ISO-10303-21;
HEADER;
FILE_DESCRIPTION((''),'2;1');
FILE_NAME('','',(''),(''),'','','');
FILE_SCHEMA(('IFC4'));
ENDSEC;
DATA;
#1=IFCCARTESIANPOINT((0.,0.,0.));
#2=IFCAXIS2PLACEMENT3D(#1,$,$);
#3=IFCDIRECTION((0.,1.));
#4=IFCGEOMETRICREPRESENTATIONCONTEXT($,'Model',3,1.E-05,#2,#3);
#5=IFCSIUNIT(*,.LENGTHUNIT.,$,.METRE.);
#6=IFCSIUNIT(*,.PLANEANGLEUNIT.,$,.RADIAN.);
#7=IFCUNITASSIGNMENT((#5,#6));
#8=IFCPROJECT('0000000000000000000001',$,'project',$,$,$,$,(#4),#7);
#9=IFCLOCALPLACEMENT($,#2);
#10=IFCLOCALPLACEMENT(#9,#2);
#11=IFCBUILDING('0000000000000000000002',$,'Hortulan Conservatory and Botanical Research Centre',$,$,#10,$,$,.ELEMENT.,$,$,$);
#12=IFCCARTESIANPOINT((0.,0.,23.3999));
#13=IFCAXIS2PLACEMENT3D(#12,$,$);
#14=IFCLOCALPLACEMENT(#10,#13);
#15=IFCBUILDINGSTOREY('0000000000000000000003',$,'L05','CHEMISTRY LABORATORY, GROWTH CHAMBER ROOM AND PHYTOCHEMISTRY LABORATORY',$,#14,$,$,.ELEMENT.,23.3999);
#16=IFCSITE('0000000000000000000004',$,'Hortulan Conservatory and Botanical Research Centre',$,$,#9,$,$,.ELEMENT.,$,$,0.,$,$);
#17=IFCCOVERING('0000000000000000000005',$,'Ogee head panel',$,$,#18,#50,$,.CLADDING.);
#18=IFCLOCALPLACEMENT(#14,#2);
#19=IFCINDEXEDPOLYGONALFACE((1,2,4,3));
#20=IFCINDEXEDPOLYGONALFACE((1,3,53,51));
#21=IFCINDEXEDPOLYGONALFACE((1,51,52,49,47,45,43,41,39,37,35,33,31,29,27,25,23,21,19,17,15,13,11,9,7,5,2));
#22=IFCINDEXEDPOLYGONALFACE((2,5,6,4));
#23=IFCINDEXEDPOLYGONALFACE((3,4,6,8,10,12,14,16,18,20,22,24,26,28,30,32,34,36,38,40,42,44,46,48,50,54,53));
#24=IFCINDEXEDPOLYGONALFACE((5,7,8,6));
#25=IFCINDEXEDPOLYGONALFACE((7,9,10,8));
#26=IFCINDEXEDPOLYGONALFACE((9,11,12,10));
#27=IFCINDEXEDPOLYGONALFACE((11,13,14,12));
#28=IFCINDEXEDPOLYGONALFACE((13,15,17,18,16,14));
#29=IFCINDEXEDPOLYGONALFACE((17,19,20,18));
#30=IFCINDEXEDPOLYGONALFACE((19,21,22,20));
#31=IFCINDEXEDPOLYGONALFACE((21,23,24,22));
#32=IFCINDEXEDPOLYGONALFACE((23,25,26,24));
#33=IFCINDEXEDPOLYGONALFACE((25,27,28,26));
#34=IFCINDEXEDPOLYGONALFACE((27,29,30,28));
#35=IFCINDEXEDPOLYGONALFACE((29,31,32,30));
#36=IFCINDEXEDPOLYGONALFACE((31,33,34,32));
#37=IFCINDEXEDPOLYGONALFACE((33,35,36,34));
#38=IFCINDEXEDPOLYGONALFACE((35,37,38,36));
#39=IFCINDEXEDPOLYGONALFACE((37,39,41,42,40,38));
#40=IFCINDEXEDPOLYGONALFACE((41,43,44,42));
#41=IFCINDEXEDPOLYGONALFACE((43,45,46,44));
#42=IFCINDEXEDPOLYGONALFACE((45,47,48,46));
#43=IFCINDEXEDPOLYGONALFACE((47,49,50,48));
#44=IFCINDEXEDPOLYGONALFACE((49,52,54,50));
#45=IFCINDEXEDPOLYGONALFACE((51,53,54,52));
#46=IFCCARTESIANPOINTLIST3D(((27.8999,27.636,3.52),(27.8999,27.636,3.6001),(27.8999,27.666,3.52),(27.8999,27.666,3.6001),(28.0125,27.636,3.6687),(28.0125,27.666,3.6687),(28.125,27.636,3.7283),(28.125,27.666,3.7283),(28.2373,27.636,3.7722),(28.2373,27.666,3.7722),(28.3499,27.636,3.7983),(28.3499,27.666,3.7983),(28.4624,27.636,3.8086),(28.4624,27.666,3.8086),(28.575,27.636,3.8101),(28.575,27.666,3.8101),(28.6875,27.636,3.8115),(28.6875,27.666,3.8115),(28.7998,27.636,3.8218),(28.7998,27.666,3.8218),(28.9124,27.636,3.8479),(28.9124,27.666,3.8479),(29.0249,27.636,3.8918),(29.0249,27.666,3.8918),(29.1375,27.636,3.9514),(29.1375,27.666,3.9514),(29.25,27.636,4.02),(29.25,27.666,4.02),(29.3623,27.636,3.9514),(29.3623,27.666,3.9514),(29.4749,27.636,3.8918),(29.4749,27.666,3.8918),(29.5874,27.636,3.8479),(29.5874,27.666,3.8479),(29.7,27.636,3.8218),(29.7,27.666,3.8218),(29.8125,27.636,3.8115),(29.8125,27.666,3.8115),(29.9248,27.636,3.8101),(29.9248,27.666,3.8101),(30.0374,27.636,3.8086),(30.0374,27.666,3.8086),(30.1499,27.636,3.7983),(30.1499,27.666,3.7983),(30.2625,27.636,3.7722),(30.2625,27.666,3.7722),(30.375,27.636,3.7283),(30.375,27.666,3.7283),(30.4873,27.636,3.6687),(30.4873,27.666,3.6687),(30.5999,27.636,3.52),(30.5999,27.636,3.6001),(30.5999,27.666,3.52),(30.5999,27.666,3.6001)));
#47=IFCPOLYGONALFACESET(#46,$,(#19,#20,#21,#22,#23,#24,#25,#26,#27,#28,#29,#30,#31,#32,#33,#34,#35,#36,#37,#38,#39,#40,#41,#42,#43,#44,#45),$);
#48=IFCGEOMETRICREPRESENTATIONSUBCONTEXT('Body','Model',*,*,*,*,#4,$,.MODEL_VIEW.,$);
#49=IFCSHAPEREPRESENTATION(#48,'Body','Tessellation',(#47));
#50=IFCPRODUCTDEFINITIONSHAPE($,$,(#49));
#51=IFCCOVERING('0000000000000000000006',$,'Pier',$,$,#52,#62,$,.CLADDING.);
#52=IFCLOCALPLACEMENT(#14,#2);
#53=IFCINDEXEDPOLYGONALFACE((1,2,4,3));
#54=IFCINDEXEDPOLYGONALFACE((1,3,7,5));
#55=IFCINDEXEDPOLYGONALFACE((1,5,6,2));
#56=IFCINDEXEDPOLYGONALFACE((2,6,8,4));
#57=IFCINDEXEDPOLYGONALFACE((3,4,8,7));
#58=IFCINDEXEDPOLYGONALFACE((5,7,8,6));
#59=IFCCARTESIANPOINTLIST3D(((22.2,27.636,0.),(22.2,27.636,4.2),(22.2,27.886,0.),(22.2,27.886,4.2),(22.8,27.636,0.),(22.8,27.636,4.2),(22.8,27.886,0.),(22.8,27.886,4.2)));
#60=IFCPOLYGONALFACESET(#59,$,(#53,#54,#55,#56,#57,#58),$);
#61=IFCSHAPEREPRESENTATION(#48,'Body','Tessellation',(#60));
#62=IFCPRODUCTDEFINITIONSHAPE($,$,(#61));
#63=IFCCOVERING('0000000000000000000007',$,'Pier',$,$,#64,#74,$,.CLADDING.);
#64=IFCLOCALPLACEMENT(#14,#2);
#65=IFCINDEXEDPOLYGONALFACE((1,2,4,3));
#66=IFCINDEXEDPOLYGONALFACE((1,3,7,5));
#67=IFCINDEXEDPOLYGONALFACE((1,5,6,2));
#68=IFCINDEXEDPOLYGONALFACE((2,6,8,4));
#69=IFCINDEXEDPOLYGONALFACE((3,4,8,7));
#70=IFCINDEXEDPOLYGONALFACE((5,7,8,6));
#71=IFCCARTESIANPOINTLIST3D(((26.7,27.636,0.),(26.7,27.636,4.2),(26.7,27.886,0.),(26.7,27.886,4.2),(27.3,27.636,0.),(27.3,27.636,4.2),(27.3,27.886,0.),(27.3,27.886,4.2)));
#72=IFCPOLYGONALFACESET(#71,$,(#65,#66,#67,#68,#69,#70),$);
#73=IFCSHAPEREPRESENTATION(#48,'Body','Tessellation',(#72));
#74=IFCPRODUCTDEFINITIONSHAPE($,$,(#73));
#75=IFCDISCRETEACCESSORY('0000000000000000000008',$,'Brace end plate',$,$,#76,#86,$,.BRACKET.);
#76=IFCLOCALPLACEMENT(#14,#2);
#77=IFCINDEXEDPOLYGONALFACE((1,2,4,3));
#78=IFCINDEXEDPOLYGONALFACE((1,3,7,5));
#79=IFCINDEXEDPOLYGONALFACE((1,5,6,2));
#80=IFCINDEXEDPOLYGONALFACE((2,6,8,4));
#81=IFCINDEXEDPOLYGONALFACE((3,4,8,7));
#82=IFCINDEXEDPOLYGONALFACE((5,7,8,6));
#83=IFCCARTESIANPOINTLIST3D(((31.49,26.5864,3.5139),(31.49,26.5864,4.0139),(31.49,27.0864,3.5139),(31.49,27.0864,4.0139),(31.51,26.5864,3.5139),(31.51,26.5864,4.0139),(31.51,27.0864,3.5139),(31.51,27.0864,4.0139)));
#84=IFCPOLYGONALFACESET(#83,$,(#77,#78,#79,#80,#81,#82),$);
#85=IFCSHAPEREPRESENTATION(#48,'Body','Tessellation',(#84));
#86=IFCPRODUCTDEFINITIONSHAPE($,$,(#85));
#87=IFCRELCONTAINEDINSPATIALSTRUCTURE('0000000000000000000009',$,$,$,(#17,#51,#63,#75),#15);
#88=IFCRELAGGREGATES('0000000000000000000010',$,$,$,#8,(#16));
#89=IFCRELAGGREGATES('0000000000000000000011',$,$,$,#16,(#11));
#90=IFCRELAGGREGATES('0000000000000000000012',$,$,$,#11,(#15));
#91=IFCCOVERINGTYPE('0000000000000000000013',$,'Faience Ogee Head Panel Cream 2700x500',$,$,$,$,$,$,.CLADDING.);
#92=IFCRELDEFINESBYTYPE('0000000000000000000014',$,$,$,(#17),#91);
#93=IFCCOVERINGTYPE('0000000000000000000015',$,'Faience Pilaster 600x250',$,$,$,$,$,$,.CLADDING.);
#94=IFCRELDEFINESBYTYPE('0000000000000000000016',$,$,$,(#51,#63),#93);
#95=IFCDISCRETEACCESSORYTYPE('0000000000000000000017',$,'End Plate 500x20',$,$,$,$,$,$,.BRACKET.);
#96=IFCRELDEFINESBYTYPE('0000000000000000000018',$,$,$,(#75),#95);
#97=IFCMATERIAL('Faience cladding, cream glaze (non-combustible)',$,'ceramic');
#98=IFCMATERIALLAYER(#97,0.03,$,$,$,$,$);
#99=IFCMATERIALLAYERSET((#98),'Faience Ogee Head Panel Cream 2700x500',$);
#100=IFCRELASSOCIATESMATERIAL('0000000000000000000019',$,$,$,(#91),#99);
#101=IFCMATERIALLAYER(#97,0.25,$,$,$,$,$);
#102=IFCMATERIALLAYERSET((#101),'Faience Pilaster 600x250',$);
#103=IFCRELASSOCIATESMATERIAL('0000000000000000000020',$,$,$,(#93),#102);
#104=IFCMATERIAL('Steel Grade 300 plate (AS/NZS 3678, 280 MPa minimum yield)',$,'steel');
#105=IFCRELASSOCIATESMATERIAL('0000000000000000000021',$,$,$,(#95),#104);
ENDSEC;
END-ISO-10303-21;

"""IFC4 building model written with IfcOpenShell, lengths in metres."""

from ifc_helpers import new_model, si_unit, direction, frame, origin, origin_2d, place, context, subcontext, project, spatial, polyline, rectangle, outline, extrude, material, layer, layer_set, type_object, element, save


model = new_model("IFC4")

# Units and contexts
model_context = context("Model", 3, precision=1e-05, world=origin(), true_north=direction((0.0, 1.0)))
body_context = subcontext(model_context, "Body", "Model", "MODEL_VIEW")
ifc_project = project(units=[si_unit("LENGTHUNIT", "METRE"), si_unit("PLANEANGLEUNIT", "RADIAN")], contexts=[model_context])

# Site, building, storey
site_placement = place(None, origin())
site = spatial("IfcSite", under=ifc_project, at=site_placement, Name="Hortulan Conservatory and Botanical Research Centre", CompositionType="ELEMENT", RefElevation=0.0)
building_placement = place(site_placement, origin())
building = spatial("IfcBuilding", under=site, at=building_placement, Name="Hortulan Conservatory and Botanical Research Centre", CompositionType="ELEMENT")
storey_placement = place(building_placement, frame((0.0, 0.0, 23.3999)))
storey = spatial("IfcBuildingStorey", under=building, at=storey_placement, Name="L05", Description="CHEMISTRY LABORATORY, GROWTH CHAMBER ROOM AND PHYTOCHEMISTRY LABORATORY", CompositionType="ELEMENT", Elevation=23.3999)

# Coverings
ifc_material_1 = material(Name="Faience cladding, cream glaze (non-combustible)", Category="ceramic")
ifc_layer_1 = layer(ifc_material_1, 0.03)
ifc_layer_set_1 = layer_set([ifc_layer_1], Name="Faience Ogee Head Panel Cream 2700x500")
covering_type_1 = type_object("IfcCoveringType", Name="Faience Ogee Head Panel Cream 2700x500", PredefinedType="CLADDING", material=ifc_layer_set_1)
for number, where, z_axis, x_axis, name in (
    (1, (27.8999, 27.6509, 3.52), (0.0, 0.0, 1.0), (1.0, 0.0, 0.0), "Ogee head panel"),
):
    element("IfcCovering", number, at=place(storey_placement, frame(where, z_axis=z_axis, x_axis=x_axis)), inside=storey, type_object=covering_type_1, Name=name, PredefinedType="CLADDING", context=body_context, shape_type="SweptSolid", body=[
        extrude(outline(polyline([(0.0, 0.0), (2.7, 0.0), (2.7, 0.0801), (2.5874, 0.1487), (2.4751, 0.2083), (2.3625, 0.2522), (2.25, 0.2783), (2.1375, 0.2886), (2.0249, 0.29), (1.9126, 0.2915), (1.8, 0.3018), (1.6875, 0.3279), (1.575, 0.3718), (1.4624, 0.4314), (1.3501, 0.5), (1.2375, 0.4314), (1.125, 0.3718), (1.0125, 0.3279), (0.8999, 0.3018), (0.7876, 0.2915), (0.675, 0.29), (0.5625, 0.2886), (0.45, 0.2783), (0.3374, 0.2522), (0.2251, 0.2083), (0.1125, 0.1487), (0.0, 0.0801), (0.0, 0.0)])), frame((0.0, 0.0151, 0.0), z_axis=(0.0, -1.0, 0.0), x_axis=(1.0, 0.0, 0.0)), (0.0, 0.0, 1.0), 0.03),
    ])
ifc_layer_2 = layer(ifc_material_1, 0.25)
ifc_layer_set_2 = layer_set([ifc_layer_2], Name="Faience Pilaster 600x250")
covering_type_2 = type_object("IfcCoveringType", Name="Faience Pilaster 600x250", PredefinedType="CLADDING", material=ifc_layer_set_2)
for number, where, z_axis, x_axis, name in (
    (2, (22.5, 27.761, 0.0), (0.0, 0.0, 1.0), (1.0, 0.0, 0.0), "Pier"),
    (3, (27.0, 27.761, 0.0), (0.0, 0.0, 1.0), (1.0, 0.0, 0.0), "Pier"),
):
    element("IfcCovering", number, at=place(storey_placement, frame(where, z_axis=z_axis, x_axis=x_axis)), inside=storey, type_object=covering_type_2, Name=name, PredefinedType="CLADDING", context=body_context, shape_type="SweptSolid", body=[
        extrude(rectangle(XDim=0.6001, YDim=0.25, at=origin_2d()), origin(), (0.0, 0.0, 1.0), 4.2),
    ])

# Discrete accessory
ifc_material_2 = material(Name="Steel Grade 300 plate (AS/NZS 3678, 280 MPa minimum yield)", Category="steel")
discrete_accessory_type = type_object("IfcDiscreteAccessoryType", Name="End Plate 500x20", PredefinedType="BRACKET", material=ifc_material_2)
discrete_accessory_placement = place(storey_placement, frame((31.5, 26.8364, 3.5139), z_axis=(0.0, 0.0, 1.0), x_axis=(0.0, -1.0, 0.0)))
element("IfcDiscreteAccessory", 4, at=discrete_accessory_placement, inside=storey, type_object=discrete_accessory_type, Name="Brace end plate", PredefinedType="BRACKET", context=body_context, shape_type="SweptSolid", body=[
    extrude(rectangle(XDim=0.5, YDim=0.02, at=origin_2d()), origin(), (0.0, 0.0, 1.0), 0.5),
])

save(model, "model.ifc")
